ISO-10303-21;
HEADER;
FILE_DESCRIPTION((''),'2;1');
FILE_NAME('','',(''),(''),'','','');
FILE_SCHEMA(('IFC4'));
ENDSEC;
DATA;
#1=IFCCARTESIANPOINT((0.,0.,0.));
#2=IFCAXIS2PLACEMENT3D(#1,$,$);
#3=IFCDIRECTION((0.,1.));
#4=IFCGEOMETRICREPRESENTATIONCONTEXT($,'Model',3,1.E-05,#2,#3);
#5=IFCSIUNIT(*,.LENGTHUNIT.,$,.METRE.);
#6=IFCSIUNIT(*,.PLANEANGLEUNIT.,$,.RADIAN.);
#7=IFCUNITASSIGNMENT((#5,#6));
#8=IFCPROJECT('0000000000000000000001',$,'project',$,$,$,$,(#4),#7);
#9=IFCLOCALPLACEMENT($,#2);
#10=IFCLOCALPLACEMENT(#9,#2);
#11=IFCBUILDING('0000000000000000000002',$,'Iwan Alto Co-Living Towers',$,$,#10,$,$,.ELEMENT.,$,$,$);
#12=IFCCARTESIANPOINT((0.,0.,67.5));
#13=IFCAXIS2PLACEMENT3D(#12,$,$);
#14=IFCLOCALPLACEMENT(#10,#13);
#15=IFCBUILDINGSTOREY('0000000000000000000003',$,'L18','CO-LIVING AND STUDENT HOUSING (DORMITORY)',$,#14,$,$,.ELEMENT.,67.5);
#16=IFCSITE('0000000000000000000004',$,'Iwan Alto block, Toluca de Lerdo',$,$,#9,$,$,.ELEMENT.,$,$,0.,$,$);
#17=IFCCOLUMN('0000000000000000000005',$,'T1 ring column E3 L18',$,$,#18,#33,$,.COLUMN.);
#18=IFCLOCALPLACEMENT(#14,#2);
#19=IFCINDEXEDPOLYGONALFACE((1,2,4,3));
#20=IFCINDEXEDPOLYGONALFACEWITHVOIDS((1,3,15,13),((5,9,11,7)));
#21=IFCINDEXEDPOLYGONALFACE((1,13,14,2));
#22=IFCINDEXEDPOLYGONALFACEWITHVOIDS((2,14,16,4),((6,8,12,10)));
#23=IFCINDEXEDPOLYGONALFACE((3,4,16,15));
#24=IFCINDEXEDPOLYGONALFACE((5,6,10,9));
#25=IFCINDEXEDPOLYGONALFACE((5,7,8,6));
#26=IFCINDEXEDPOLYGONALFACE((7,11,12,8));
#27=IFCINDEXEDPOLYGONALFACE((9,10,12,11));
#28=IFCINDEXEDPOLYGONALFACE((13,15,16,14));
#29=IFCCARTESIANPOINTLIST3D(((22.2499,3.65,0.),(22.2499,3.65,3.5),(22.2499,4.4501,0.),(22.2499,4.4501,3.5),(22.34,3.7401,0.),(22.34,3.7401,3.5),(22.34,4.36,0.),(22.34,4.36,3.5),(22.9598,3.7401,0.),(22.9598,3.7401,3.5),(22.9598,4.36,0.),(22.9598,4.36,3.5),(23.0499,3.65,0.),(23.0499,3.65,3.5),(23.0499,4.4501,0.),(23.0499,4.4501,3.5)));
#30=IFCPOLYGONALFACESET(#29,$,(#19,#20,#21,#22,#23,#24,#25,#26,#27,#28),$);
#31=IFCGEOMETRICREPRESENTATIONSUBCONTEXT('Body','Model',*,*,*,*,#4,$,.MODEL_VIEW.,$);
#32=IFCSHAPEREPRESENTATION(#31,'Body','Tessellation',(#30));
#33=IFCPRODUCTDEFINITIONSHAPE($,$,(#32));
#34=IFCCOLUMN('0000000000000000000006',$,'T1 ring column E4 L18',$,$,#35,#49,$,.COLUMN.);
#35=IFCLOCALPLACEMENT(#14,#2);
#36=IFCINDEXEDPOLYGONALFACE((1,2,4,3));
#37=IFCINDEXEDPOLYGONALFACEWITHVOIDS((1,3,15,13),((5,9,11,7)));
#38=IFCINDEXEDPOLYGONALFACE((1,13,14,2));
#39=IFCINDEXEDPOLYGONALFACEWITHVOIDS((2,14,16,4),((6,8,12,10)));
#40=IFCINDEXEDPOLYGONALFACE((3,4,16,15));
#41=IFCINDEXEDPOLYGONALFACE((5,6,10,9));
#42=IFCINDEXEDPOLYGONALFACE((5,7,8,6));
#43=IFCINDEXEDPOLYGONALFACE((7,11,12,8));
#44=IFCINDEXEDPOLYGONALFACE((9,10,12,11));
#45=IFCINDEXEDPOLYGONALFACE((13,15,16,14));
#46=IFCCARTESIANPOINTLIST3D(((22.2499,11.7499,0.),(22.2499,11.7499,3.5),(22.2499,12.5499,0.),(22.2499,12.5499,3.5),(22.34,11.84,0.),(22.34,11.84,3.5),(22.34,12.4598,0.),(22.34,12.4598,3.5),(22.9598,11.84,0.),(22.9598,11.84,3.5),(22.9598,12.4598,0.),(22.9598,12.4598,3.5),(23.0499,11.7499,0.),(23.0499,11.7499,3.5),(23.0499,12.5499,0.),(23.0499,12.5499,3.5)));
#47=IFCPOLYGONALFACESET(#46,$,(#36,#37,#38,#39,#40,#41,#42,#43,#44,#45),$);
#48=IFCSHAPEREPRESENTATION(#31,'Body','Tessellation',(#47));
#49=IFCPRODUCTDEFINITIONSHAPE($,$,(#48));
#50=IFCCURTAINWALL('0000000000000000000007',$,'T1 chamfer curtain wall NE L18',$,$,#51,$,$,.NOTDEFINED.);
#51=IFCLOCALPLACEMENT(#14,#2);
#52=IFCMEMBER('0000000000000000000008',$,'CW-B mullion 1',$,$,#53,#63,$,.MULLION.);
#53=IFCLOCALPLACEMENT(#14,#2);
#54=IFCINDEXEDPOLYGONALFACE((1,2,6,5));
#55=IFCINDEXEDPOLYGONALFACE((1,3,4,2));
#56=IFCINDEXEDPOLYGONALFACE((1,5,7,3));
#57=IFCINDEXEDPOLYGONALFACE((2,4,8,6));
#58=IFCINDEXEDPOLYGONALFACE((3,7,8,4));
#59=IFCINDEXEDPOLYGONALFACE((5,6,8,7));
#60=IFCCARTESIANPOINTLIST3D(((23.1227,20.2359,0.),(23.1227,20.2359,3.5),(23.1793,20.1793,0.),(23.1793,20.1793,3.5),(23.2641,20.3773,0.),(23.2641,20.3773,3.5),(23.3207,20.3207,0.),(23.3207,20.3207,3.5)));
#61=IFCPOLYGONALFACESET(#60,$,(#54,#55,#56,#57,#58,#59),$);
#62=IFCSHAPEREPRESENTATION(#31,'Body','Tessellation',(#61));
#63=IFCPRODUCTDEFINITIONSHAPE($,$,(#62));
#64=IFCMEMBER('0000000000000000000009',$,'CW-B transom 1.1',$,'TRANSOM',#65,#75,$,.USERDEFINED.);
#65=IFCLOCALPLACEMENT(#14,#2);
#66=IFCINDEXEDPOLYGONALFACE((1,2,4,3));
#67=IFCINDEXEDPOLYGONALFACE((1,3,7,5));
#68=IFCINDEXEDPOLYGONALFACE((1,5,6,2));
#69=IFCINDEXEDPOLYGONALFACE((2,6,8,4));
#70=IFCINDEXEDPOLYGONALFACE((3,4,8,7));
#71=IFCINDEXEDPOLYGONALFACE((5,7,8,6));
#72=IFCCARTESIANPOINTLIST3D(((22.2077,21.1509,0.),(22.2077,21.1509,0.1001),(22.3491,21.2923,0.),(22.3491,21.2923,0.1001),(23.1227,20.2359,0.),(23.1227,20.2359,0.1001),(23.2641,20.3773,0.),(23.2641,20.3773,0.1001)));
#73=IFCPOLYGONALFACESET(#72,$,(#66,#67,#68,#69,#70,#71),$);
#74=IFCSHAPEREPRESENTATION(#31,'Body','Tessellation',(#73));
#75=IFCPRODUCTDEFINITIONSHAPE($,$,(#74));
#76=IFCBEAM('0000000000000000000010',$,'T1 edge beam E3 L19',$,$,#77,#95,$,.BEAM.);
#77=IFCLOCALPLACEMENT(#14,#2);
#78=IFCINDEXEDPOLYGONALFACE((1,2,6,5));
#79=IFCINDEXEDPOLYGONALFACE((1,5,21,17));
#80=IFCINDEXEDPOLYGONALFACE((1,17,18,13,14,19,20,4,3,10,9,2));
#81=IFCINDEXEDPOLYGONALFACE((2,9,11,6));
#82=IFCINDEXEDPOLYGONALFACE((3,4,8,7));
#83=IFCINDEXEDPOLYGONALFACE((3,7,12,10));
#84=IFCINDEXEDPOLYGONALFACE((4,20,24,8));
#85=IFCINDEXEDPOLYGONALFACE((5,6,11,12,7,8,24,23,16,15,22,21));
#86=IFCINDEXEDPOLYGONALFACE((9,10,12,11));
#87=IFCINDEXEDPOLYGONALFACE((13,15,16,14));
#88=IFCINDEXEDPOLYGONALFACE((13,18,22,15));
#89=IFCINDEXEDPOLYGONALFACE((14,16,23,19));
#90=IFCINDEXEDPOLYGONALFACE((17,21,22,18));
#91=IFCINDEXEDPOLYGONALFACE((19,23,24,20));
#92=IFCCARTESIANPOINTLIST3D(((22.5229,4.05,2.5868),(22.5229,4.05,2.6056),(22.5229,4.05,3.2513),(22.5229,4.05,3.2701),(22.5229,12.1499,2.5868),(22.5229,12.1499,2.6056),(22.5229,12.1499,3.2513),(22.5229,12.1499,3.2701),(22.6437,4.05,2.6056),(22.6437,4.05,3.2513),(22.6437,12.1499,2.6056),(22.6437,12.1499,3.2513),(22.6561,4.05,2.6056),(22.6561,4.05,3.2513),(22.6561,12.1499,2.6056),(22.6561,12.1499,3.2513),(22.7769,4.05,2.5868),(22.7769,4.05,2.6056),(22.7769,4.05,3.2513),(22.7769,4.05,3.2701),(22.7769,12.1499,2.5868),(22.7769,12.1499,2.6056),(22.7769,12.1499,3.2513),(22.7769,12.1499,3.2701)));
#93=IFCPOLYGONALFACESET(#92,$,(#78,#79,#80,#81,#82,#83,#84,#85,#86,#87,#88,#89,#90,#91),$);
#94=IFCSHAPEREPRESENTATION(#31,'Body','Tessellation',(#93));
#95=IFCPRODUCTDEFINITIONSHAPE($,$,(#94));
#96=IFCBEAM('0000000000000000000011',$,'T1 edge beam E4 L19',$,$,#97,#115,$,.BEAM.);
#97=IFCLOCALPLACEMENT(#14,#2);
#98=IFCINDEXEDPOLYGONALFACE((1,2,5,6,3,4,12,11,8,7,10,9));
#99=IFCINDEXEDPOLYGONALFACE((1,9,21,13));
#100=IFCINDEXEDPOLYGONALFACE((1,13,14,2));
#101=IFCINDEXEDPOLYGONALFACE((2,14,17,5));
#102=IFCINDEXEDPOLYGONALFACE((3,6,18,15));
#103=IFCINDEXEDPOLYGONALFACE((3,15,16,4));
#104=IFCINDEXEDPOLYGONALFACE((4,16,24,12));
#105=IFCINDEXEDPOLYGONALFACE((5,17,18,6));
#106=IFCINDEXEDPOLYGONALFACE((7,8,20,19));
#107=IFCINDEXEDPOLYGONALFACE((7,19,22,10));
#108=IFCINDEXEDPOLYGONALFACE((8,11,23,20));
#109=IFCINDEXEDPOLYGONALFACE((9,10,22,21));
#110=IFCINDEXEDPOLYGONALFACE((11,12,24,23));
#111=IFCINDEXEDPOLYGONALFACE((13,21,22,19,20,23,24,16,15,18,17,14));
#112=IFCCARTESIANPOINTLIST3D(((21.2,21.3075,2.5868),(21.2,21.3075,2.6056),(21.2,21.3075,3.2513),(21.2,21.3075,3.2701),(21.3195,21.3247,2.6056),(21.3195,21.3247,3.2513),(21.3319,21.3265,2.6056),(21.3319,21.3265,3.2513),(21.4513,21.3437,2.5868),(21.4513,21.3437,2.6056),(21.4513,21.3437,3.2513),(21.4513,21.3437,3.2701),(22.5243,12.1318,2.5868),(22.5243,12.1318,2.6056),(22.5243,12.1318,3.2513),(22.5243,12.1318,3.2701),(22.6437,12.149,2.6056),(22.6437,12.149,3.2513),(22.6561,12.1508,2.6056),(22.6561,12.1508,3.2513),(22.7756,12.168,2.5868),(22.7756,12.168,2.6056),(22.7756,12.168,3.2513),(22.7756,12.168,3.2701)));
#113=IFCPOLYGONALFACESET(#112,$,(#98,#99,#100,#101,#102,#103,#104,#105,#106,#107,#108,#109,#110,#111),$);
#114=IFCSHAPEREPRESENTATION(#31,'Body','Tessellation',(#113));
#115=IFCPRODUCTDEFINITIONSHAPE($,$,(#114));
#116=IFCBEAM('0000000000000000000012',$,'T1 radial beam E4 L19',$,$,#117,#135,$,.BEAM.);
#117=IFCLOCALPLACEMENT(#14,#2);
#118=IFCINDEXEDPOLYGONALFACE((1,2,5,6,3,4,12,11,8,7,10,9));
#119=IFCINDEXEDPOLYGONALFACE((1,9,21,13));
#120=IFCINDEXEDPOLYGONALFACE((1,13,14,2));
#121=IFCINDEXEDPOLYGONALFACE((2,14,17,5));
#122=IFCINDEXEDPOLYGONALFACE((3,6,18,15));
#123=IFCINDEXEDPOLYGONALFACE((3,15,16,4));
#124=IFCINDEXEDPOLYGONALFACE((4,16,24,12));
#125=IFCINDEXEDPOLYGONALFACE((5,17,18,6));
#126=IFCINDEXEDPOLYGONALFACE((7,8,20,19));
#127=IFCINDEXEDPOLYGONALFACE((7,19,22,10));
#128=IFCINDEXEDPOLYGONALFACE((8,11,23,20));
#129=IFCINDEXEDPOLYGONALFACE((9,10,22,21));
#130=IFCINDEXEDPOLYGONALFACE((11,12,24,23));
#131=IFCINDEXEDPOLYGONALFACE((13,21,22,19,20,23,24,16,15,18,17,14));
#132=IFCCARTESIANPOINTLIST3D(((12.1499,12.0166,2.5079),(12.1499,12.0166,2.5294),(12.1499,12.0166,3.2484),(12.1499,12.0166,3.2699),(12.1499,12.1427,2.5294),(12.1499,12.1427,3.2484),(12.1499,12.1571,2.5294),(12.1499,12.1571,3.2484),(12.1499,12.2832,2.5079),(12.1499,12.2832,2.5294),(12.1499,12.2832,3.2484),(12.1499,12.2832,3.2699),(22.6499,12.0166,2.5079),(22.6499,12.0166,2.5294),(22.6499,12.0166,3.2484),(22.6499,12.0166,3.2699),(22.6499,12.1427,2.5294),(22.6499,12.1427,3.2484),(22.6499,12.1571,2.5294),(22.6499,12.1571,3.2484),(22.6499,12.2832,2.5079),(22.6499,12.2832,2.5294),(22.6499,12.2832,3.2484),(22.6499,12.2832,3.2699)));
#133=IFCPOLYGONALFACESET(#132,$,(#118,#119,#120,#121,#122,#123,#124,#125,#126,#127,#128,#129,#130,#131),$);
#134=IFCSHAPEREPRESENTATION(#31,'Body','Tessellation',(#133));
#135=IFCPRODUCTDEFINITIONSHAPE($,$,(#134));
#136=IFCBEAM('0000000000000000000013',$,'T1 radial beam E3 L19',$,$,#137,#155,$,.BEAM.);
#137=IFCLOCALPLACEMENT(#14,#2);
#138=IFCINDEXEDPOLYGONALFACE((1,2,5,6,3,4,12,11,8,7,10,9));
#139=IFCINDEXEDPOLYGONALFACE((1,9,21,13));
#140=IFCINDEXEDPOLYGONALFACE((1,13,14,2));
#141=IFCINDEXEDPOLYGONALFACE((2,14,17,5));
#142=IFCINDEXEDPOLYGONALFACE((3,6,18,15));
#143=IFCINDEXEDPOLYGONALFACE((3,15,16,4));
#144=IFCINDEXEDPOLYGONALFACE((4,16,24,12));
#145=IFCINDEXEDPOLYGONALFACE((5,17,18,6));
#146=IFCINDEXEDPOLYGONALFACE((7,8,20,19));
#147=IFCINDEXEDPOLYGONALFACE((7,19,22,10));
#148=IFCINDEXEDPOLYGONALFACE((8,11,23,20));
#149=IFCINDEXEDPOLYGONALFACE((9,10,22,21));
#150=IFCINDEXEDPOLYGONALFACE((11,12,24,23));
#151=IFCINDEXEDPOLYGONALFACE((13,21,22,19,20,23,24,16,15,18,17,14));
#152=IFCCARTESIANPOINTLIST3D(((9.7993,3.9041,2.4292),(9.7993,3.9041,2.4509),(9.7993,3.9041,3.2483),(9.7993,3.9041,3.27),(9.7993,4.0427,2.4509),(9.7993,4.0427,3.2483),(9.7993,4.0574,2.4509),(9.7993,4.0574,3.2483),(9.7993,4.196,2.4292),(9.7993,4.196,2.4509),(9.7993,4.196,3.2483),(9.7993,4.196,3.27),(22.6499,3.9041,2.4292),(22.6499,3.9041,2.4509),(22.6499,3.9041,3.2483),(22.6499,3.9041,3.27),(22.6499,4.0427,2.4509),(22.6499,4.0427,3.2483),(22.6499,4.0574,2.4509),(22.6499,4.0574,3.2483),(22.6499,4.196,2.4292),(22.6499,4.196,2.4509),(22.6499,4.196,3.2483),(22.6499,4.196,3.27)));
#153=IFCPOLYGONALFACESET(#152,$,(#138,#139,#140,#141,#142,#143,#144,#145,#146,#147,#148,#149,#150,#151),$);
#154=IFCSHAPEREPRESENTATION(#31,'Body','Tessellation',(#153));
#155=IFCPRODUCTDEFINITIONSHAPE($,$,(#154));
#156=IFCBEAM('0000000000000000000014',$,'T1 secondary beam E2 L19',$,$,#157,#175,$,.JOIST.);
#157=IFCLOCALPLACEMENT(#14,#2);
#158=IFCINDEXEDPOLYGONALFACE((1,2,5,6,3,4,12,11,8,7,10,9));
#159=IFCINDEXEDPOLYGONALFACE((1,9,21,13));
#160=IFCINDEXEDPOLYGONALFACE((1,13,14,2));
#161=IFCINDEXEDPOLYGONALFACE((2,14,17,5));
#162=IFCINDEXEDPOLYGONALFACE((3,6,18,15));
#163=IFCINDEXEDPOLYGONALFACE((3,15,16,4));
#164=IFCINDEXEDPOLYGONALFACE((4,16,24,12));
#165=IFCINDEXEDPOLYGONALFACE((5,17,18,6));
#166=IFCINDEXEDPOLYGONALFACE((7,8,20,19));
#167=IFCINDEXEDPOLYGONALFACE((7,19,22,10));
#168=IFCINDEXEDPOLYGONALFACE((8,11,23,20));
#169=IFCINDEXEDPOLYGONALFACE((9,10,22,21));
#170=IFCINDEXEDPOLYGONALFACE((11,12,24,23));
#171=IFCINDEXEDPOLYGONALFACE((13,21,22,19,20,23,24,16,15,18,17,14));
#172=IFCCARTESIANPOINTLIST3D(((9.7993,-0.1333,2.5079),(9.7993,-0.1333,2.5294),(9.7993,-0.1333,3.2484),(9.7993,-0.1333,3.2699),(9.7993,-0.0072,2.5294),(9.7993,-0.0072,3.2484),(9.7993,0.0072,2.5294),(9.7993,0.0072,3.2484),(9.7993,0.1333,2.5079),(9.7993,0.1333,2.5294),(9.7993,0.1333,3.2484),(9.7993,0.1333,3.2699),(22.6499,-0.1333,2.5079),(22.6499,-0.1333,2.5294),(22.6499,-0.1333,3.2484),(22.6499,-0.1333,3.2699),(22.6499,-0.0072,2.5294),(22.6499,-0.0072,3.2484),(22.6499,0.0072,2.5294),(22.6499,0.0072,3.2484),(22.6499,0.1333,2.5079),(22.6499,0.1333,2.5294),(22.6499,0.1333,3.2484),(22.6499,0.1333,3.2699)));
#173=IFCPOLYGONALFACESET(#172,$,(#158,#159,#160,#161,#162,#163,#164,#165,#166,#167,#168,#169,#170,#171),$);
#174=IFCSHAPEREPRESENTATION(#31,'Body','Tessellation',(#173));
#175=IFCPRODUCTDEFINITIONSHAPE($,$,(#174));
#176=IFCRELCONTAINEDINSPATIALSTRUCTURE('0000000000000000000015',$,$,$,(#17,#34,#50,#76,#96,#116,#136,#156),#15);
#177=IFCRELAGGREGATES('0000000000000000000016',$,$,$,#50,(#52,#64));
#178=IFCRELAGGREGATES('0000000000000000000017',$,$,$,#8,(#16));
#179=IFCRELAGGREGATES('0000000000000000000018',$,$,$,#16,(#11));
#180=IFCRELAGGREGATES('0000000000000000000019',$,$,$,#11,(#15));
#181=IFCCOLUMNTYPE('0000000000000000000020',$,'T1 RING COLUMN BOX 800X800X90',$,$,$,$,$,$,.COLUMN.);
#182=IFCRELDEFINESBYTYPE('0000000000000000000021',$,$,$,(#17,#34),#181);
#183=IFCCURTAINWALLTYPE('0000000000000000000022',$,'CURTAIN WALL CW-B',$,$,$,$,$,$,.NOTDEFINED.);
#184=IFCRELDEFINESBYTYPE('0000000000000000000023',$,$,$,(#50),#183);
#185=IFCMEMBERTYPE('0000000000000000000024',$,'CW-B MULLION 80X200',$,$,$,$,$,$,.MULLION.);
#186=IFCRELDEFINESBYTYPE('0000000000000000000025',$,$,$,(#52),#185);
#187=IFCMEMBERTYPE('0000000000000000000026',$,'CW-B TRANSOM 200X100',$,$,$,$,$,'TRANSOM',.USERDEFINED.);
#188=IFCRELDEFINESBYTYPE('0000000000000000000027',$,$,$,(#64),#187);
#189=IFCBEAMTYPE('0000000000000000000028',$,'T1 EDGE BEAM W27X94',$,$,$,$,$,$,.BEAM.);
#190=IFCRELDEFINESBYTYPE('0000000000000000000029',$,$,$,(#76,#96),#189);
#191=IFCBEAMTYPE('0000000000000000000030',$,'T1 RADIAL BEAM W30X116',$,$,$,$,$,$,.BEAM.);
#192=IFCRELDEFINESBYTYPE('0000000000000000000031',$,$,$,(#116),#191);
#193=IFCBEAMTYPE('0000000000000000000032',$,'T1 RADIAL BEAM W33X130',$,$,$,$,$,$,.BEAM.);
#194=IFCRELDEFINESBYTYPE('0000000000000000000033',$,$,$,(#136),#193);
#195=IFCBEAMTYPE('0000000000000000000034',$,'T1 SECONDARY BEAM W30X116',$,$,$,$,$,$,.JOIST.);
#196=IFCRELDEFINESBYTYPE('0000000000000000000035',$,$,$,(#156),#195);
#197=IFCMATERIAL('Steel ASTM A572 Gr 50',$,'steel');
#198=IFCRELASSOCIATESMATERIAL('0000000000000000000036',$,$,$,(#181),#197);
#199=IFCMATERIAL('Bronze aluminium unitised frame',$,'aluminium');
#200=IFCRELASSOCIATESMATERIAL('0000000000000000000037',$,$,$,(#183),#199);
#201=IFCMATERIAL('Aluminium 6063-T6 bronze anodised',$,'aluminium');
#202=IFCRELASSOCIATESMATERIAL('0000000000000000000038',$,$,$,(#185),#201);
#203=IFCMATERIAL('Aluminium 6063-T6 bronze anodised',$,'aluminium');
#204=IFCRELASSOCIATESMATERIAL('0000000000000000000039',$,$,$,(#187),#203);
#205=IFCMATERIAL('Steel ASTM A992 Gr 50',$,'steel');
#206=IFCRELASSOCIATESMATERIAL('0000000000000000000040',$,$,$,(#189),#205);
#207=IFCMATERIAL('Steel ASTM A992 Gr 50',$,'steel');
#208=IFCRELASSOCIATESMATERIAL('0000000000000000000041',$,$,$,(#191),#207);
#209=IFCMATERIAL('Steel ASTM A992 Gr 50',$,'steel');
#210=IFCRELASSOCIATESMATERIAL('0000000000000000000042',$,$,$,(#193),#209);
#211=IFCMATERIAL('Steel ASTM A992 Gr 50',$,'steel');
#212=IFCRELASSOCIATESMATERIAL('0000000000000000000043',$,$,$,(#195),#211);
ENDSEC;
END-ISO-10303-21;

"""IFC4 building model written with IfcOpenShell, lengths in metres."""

from ifc_helpers import new_model, si_unit, direction, frame, origin, origin_2d, place, context, subcontext, project, spatial, rectangle, hollow_rectangle, i_section, extrude, material, material_profile, profile_set, type_object, element, aggregate, save


model = new_model("IFC4")

# Units and contexts
model_context = context("Model", 3, precision=1e-05, world=origin(), true_north=direction((0.0, 1.0)))
body_context = subcontext(model_context, "Body", "Model", "MODEL_VIEW")
ifc_project = project(units=[si_unit("LENGTHUNIT", "METRE"), si_unit("PLANEANGLEUNIT", "RADIAN")], contexts=[model_context])

# Site, building, storey
site_placement = place(None, origin())
site = spatial("IfcSite", under=ifc_project, at=site_placement, Name="Iwan Alto block, Toluca de Lerdo", CompositionType="ELEMENT", RefElevation=0.0)
building_placement = place(site_placement, origin())
building = spatial("IfcBuilding", under=site, at=building_placement, Name="Iwan Alto Co-Living Towers", CompositionType="ELEMENT")
storey_placement = place(building_placement, frame((0.0, 0.0, 67.5)))
storey = spatial("IfcBuildingStorey", under=building, at=storey_placement, Name="L18", Description="CO-LIVING AND STUDENT HOUSING (DORMITORY)", CompositionType="ELEMENT", Elevation=67.5)

# Columns
ifc_material_1 = material(Name="Steel ASTM A572 Gr 50", Category="steel")
ifc_material_profile_1 = material_profile(ifc_material_1, hollow_rectangle(XDim=0.8, YDim=0.8, WallThickness=0.0901, at=origin_2d()), Name="BOX 800X800X90")
ifc_profile_set_1 = profile_set([ifc_material_profile_1], Name="Steel ASTM A572 Gr 50")
column_type = type_object("IfcColumnType", Name="T1 RING COLUMN BOX 800X800X90", PredefinedType="COLUMN", material=ifc_profile_set_1)
for number, where, z_axis, x_axis, name in (
    (1, (22.6499, 4.05, 0.0), (0.0, 0.0, 1.0), (1.0, 0.0, 0.0), "T1 ring column E3 L18"),
    (2, (22.6499, 12.1499, 0.0), (0.0, 0.0, 1.0), (1.0, 0.0, 0.0), "T1 ring column E4 L18"),
):
    element("IfcColumn", number, at=place(storey_placement, frame(where, z_axis=z_axis, x_axis=x_axis)), inside=storey, type_object=column_type, Name=name, PredefinedType="COLUMN", context=body_context, shape_type="SweptSolid", body=[
        extrude(hollow_rectangle(XDim=0.8, YDim=0.8, WallThickness=0.0901, at=origin_2d()), origin(), (0.0, 0.0, 1.0), 3.5),
    ])

# Curtain wall, members
ifc_material_2 = material(Name="Bronze aluminium unitised frame", Category="aluminium")
curtain_wall_type = type_object("IfcCurtainWallType", Name="CURTAIN WALL CW-B", PredefinedType="NOTDEFINED", material=ifc_material_2)
curtain_wall_placement = place(storey_placement, origin())
curtain_wall = element("IfcCurtainWall", 3, at=curtain_wall_placement, inside=storey, type_object=curtain_wall_type, Name="T1 chamfer curtain wall NE L18", PredefinedType="NOTDEFINED")
ifc_material_3 = material(Name="Aluminium 6063-T6 bronze anodised", Category="aluminium")
ifc_material_profile_2 = material_profile(ifc_material_3, rectangle(XDim=0.2, YDim=0.0801, at=origin_2d()), Name="AL 80X200")
ifc_profile_set_2 = profile_set([ifc_material_profile_2], Name="Aluminium 6063-T6 bronze anodised")
member_type_1 = type_object("IfcMemberType", Name="CW-B MULLION 80X200", PredefinedType="MULLION", material=ifc_profile_set_2)
member_1_placement = place(storey_placement, frame((23.2217, 20.2783, 0.0), z_axis=(0.0, 0.0, 1.0), x_axis=(-0.707107, -0.707107, 0.0)))
member_1 = element("IfcMember", 4, at=member_1_placement, type_object=member_type_1, Name="CW-B mullion 1", PredefinedType="MULLION", context=body_context, shape_type="SweptSolid", body=[
    extrude(rectangle(XDim=0.2, YDim=0.0801, at=origin_2d()), origin(), (0.0, 0.0, 1.0), 3.5),
])
ifc_material_4 = material(Name="Aluminium 6063-T6 bronze anodised", Category="aluminium")
ifc_material_profile_3 = material_profile(ifc_material_4, rectangle(XDim=0.2, YDim=0.1001, at=origin_2d()), Name="AL 200X100")
ifc_profile_set_3 = profile_set([ifc_material_profile_3], Name="Aluminium 6063-T6 bronze anodised")
member_type_2 = type_object("IfcMemberType", Name="CW-B TRANSOM 200X100", ElementType="TRANSOM", PredefinedType="USERDEFINED", material=ifc_profile_set_3)
member_2_placement = place(storey_placement, frame((23.1934, 20.3066, 0.05), z_axis=(-0.707107, 0.707107, 0.0), x_axis=(-0.707107, -0.707107, 0.0)))
member_2 = element("IfcMember", 5, at=member_2_placement, type_object=member_type_2, Name="CW-B transom 1.1", ObjectType="TRANSOM", PredefinedType="USERDEFINED", context=body_context, shape_type="SweptSolid", body=[
    extrude(rectangle(XDim=0.2, YDim=0.1001, at=origin_2d()), origin(), (0.0, 0.0, 1.0), 1.2939),
])
aggregate(curtain_wall, [member_1, member_2])

# Beams
ifc_material_5 = material(Name="Steel ASTM A992 Gr 50", Category="steel")
ifc_material_profile_4 = material_profile(ifc_material_5, i_section(OverallWidth=0.2539, OverallDepth=0.6833, WebThickness=0.0125, FlangeThickness=0.0188, at=origin_2d()), Name="W27X94")
ifc_profile_set_4 = profile_set([ifc_material_profile_4], Name="Steel ASTM A992 Gr 50")
beam_type_1 = type_object("IfcBeamType", Name="T1 EDGE BEAM W27X94", PredefinedType="BEAM", material=ifc_profile_set_4)
beam_1_placement = place(storey_placement, frame((22.6499, 4.05, 2.9285), z_axis=(0.0, 1.0, 0.0), x_axis=(-1.0, 0.0, 0.0)))
element("IfcBeam", 6, at=beam_1_placement, inside=storey, type_object=beam_type_1, Name="T1 edge beam E3 L19", PredefinedType="BEAM", context=body_context, shape_type="SweptSolid", body=[
    extrude(i_section(OverallWidth=0.2539, OverallDepth=0.6833, WebThickness=0.0125, FlangeThickness=0.0188, at=origin_2d()), origin(), (0.0, 0.0, 1.0), 8.0999),
])
beam_2_placement = place(storey_placement, frame((22.6499, 12.1499, 2.9285), z_axis=(-0.142837, 0.989746, 0.0), x_axis=(-0.989746, -0.142837, 0.0)))
element("IfcBeam", 7, at=beam_2_placement, inside=storey, type_object=beam_type_1, Name="T1 edge beam E4 L19", PredefinedType="BEAM", context=body_context, shape_type="SweptSolid", body=[
    extrude(i_section(OverallWidth=0.2539, OverallDepth=0.6833, WebThickness=0.0125, FlangeThickness=0.0188, at=origin_2d()), origin(), (0.0, 0.0, 1.0), 9.2708),
])
ifc_material_6 = material(Name="Steel ASTM A992 Gr 50", Category="steel")
ifc_material_profile_5 = material_profile(ifc_material_6, i_section(OverallWidth=0.2666, OverallDepth=0.762, WebThickness=0.0144, FlangeThickness=0.0215, at=origin_2d()), Name="W30X116")
ifc_profile_set_5 = profile_set([ifc_material_profile_5], Name="Steel ASTM A992 Gr 50")
beam_type_2 = type_object("IfcBeamType", Name="T1 RADIAL BEAM W30X116", PredefinedType="BEAM", material=ifc_profile_set_5)
beam_3_placement = place(storey_placement, frame((22.6499, 12.1499, 2.8889), z_axis=(-1.0, 0.0, 0.0), x_axis=(0.0, -1.0, 0.0)))
element("IfcBeam", 8, at=beam_3_placement, inside=storey, type_object=beam_type_2, Name="T1 radial beam E4 L19", PredefinedType="BEAM", context=body_context, shape_type="SweptSolid", body=[
    extrude(i_section(OverallWidth=0.2666, OverallDepth=0.762, WebThickness=0.0144, FlangeThickness=0.0215, at=origin_2d()), origin(), (0.0, 0.0, 1.0), 10.5),
])
ifc_material_7 = material(Name="Steel ASTM A992 Gr 50", Category="steel")
ifc_material_profile_6 = material_profile(ifc_material_7, i_section(OverallWidth=0.292, OverallDepth=0.8408, WebThickness=0.0146, FlangeThickness=0.0217, at=origin_2d()), Name="W33X130")
ifc_profile_set_6 = profile_set([ifc_material_profile_6], Name="Steel ASTM A992 Gr 50")
beam_type_3 = type_object("IfcBeamType", Name="T1 RADIAL BEAM W33X130", PredefinedType="BEAM", material=ifc_profile_set_6)
beam_4_placement = place(storey_placement, frame((22.6499, 4.05, 2.8496), z_axis=(-1.0, 0.0, 0.0), x_axis=(0.0, -1.0, 0.0)))
element("IfcBeam", 9, at=beam_4_placement, inside=storey, type_object=beam_type_3, Name="T1 radial beam E3 L19", PredefinedType="BEAM", context=body_context, shape_type="SweptSolid", body=[
    extrude(i_section(OverallWidth=0.292, OverallDepth=0.8408, WebThickness=0.0146, FlangeThickness=0.0217, at=origin_2d()), origin(), (0.0, 0.0, 1.0), 12.8506),
])
ifc_material_8 = material(Name="Steel ASTM A992 Gr 50", Category="steel")
ifc_material_profile_7 = material_profile(ifc_material_8, i_section(OverallWidth=0.2666, OverallDepth=0.762, WebThickness=0.0144, FlangeThickness=0.0215, at=origin_2d()), Name="W30X116")
ifc_profile_set_7 = profile_set([ifc_material_profile_7], Name="Steel ASTM A992 Gr 50")
beam_type_4 = type_object("IfcBeamType", Name="T1 SECONDARY BEAM W30X116", PredefinedType="JOIST", material=ifc_profile_set_7)
for number, where, z_axis, x_axis, name in (
    (10, (22.6499, 0.0, 2.8889), (-1.0, 0.0, 0.0), (0.0, -1.0, 0.0), "T1 secondary beam E2 L19"),
):
    element("IfcBeam", number, at=place(storey_placement, frame(where, z_axis=z_axis, x_axis=x_axis)), inside=storey, type_object=beam_type_4, Name=name, PredefinedType="JOIST", context=body_context, shape_type="SweptSolid", body=[
        extrude(i_section(OverallWidth=0.2666, OverallDepth=0.762, WebThickness=0.0144, FlangeThickness=0.0215, at=origin_2d()), origin(), (0.0, 0.0, 1.0), 12.8506),
    ])

save(model, "model.ifc")
